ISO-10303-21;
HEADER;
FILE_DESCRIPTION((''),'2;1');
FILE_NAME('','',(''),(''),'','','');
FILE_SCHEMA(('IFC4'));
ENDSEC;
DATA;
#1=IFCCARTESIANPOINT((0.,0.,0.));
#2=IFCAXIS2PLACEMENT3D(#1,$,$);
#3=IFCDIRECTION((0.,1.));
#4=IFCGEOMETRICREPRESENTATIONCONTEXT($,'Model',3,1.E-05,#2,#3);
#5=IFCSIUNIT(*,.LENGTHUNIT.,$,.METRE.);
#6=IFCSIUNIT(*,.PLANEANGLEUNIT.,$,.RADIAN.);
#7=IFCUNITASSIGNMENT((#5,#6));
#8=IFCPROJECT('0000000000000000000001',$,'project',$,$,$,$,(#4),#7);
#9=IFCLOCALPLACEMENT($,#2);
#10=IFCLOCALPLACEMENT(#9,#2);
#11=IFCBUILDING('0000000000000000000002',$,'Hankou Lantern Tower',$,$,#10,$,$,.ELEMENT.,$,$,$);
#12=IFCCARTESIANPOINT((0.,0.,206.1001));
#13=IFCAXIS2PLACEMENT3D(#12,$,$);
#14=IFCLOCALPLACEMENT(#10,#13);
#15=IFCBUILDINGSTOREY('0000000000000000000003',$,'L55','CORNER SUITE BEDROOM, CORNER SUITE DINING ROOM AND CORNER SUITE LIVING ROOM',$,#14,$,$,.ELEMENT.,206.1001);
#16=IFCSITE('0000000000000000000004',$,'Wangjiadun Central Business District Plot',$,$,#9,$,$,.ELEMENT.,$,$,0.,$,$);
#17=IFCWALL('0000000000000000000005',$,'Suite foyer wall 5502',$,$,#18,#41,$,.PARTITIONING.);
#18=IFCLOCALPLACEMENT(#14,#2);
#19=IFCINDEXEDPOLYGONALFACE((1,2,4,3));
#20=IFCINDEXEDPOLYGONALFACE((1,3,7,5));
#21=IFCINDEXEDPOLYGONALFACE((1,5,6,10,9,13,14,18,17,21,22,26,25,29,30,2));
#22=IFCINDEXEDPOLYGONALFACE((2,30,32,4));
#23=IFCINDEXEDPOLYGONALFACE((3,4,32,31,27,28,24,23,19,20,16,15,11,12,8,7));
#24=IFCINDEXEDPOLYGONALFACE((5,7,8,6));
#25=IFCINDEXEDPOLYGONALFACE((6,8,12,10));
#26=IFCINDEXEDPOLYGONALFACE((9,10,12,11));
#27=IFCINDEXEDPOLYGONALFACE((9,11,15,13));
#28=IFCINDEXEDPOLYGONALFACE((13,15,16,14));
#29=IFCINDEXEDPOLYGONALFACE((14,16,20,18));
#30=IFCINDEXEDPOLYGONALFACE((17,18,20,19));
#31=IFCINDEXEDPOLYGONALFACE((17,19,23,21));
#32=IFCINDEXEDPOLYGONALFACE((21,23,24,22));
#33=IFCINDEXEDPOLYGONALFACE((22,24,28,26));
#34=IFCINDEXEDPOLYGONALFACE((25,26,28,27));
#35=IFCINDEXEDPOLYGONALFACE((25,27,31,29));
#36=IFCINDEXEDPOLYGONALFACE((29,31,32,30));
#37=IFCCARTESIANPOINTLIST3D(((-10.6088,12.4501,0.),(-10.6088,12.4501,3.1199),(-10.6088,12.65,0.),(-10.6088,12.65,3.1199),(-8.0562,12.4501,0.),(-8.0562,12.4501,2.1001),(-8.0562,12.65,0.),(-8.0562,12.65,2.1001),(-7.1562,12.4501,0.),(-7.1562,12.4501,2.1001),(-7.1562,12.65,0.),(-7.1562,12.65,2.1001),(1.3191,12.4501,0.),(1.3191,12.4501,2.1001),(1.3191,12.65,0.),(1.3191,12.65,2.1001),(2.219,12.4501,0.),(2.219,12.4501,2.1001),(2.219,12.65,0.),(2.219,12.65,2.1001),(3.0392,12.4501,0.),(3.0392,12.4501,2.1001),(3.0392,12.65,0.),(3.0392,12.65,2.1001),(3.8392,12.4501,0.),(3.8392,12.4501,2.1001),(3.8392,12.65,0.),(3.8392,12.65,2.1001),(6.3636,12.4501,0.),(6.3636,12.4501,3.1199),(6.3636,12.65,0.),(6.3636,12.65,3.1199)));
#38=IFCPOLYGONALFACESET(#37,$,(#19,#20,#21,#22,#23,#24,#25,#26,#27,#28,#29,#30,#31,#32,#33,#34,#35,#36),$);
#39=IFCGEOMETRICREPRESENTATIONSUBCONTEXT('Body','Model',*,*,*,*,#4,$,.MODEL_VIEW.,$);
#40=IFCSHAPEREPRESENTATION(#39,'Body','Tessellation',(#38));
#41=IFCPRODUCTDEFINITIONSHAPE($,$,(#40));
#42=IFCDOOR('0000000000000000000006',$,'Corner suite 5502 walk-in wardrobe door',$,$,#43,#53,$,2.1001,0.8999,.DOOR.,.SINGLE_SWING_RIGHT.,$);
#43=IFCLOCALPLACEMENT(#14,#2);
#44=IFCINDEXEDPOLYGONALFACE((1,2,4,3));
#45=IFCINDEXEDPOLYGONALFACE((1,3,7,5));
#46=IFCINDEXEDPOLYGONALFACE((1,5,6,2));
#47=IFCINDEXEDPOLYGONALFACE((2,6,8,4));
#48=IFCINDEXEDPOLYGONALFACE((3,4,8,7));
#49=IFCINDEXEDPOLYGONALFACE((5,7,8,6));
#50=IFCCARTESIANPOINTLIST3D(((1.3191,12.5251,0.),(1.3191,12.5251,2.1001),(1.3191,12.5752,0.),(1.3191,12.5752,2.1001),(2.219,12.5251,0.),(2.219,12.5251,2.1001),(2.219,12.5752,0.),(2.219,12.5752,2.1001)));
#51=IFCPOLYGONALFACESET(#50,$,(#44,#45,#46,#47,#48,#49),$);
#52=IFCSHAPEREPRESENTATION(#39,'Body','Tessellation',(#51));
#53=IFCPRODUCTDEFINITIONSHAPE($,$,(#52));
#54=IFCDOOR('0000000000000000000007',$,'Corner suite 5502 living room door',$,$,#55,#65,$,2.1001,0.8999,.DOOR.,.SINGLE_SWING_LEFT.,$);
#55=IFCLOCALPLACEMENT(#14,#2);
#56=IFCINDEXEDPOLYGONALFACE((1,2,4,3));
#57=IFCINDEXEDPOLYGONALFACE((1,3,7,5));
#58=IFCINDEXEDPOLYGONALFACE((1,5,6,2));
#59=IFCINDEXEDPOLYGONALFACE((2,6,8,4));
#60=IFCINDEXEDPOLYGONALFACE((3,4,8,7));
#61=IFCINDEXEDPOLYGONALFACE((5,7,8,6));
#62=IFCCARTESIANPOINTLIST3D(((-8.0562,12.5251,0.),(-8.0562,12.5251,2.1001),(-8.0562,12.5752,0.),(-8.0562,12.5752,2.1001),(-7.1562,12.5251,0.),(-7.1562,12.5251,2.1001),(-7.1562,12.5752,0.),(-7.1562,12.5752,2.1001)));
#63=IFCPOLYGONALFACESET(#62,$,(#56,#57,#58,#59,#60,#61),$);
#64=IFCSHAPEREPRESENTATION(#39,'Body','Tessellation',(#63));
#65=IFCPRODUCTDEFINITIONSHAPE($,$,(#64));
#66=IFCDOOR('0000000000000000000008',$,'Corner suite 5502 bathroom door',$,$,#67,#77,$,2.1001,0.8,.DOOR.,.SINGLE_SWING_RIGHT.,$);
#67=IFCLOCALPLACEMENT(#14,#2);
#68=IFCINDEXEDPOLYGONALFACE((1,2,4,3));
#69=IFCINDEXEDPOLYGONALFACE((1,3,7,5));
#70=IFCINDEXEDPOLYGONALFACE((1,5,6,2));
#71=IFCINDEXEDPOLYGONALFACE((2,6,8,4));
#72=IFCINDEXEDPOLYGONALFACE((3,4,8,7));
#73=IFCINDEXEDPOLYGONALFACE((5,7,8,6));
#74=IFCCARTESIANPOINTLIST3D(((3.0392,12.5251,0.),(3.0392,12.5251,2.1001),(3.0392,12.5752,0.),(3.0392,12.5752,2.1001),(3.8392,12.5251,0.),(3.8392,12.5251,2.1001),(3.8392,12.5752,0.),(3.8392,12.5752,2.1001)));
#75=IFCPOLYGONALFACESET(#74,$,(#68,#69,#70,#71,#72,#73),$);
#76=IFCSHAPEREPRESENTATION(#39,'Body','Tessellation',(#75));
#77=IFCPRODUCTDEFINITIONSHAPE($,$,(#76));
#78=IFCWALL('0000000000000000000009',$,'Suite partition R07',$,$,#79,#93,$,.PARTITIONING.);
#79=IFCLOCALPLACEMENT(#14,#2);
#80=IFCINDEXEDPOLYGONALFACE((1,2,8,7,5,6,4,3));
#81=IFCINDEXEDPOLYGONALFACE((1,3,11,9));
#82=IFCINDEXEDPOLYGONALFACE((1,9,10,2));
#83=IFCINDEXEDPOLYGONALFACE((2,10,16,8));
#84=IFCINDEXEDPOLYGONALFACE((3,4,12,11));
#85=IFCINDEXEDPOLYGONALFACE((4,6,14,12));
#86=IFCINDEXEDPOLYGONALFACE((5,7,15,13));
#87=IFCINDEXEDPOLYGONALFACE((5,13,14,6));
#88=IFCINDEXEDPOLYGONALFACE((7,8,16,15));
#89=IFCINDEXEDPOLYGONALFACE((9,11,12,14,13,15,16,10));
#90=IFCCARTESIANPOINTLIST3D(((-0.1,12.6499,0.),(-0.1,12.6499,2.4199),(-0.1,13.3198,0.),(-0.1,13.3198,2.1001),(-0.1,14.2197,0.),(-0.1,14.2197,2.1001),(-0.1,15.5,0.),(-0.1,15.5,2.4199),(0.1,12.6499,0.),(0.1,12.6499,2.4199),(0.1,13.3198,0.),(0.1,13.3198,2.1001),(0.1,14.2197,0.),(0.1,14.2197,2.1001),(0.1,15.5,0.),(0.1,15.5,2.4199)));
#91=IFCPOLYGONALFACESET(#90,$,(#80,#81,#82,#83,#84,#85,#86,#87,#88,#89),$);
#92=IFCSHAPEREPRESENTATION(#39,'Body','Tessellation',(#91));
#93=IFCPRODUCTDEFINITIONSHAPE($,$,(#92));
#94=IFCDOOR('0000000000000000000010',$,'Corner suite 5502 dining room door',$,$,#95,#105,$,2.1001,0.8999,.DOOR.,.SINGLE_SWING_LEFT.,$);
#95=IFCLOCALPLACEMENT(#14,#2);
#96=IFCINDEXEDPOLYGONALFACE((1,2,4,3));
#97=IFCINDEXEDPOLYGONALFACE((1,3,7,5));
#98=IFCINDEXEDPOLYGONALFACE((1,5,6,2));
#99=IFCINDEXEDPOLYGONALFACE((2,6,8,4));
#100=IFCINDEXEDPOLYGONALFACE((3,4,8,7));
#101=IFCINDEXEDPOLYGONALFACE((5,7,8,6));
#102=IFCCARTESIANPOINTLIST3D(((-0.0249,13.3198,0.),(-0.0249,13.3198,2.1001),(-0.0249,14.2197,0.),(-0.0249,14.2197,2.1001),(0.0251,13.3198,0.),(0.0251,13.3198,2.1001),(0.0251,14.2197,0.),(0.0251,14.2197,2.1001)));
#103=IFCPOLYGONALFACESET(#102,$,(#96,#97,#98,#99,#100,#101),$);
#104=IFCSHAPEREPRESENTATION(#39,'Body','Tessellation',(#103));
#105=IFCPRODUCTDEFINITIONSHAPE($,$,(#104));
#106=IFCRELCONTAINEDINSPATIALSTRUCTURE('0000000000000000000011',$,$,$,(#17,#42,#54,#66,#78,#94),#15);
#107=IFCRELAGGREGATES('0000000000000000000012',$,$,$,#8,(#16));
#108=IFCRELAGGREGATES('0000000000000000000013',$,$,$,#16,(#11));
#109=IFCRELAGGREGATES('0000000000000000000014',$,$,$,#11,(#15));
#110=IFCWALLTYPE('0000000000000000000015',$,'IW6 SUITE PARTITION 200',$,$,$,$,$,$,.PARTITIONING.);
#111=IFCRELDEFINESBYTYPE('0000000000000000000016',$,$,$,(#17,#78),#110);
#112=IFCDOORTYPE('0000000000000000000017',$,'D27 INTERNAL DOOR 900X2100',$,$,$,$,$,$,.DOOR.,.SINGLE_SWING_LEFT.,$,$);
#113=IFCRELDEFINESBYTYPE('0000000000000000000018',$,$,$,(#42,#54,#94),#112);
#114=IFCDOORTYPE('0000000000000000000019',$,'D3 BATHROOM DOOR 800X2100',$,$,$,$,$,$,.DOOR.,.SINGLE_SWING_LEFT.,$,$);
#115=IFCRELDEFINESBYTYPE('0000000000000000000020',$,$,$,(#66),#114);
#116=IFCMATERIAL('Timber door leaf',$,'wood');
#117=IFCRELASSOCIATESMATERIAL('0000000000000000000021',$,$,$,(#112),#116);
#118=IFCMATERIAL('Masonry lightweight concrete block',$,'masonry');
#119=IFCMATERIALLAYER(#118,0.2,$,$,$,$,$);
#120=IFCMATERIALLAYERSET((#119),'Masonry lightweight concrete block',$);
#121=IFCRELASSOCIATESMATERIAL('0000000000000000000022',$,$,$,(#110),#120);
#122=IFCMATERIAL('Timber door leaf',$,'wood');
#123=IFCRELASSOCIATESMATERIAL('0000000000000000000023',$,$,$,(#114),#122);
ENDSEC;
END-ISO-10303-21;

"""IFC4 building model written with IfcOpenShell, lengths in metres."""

from ifc_helpers import new_model, si_unit, direction, frame, frame_2d, origin, place, context, subcontext, project, spatial, rectangle, extrude, material, layer, layer_set, type_object, element, fill, save


model = new_model("IFC4")

# Units and contexts
model_context = context("Model", 3, precision=1e-05, world=origin(), true_north=direction((0.0, 1.0)))
body_context = subcontext(model_context, "Body", "Model", "MODEL_VIEW")
ifc_project = project(units=[si_unit("LENGTHUNIT", "METRE"), si_unit("PLANEANGLEUNIT", "RADIAN")], contexts=[model_context])

# Site, building, storey
site_placement = place(None, origin())
site = spatial("IfcSite", under=ifc_project, at=site_placement, Name="Wangjiadun Central Business District Plot", CompositionType="ELEMENT", RefElevation=0.0)
building_placement = place(site_placement, origin())
building = spatial("IfcBuilding", under=site, at=building_placement, Name="Hankou Lantern Tower", CompositionType="ELEMENT")
storey_placement = place(building_placement, frame((0.0, 0.0, 206.1001)))
storey = spatial("IfcBuildingStorey", under=building, at=storey_placement, Name="L55", Description="CORNER SUITE BEDROOM, CORNER SUITE DINING ROOM AND CORNER SUITE LIVING ROOM", CompositionType="ELEMENT", Elevation=206.1001)

# Shared definitions
ifc_material_1 = material(Name="Timber door leaf", Category="wood")
door_type_1 = type_object("IfcDoorType", Name="D27 INTERNAL DOOR 900X2100", OperationType="SINGLE_SWING_LEFT", PredefinedType="DOOR", material=ifc_material_1)

# Wall, openings, doors
ifc_material_2 = material(Name="Masonry lightweight concrete block", Category="masonry")
ifc_layer_1 = layer(ifc_material_2, 0.2)
ifc_layer_set_1 = layer_set([ifc_layer_1], Name="Masonry lightweight concrete block")
wall_type_1 = type_object("IfcWallType", Name="IW6 SUITE PARTITION 200", PredefinedType="PARTITIONING", material=ifc_layer_set_1)
wall_1_placement = place(storey_placement, frame((6.3638, 12.55, 0.0), z_axis=(0.0, 0.0, 1.0), x_axis=(-1.0, 0.0, 0.0)))
wall_1 = element("IfcWall", 1, at=wall_1_placement, inside=storey, type_object=wall_type_1, Name="Suite foyer wall 5502", PredefinedType="PARTITIONING", context=body_context, shape_type="SweptSolid", body=[
    extrude(rectangle(XDim=16.9724, YDim=0.2, at=frame_2d((8.4863, 0.0))), origin(), (0.0, 0.0, 1.0), 3.1199),
])
opening_1_placement = place(wall_1_placement, frame((2.5247, 0.0, 0.0)))
opening_1 = element("IfcOpeningElement", 2, at=opening_1_placement, cuts=wall_1, PredefinedType="OPENING", context=body_context, shape_type="SweptSolid", body=[
    extrude(rectangle(XDim=0.8, YDim=2.1001, at=frame_2d((0.3999, 1.05))), frame((0.0, 0.1099, 0.0), z_axis=(0.0, -1.0, 0.0), x_axis=(1.0, 0.0, 0.0)), (0.0, 0.0, 1.0), 0.22),
])
opening_2_placement = place(wall_1_placement, frame((4.1448, 0.0, 0.0)))
opening_2 = element("IfcOpeningElement", 3, at=opening_2_placement, cuts=wall_1, PredefinedType="OPENING", context=body_context, shape_type="SweptSolid", body=[
    extrude(rectangle(XDim=0.8999, YDim=2.1001, at=frame_2d((0.45, 1.05))), frame((0.0, 0.1099, 0.0), z_axis=(0.0, -1.0, 0.0), x_axis=(1.0, 0.0, 0.0)), (0.0, 0.0, 1.0), 0.22),
])
opening_3_placement = place(wall_1_placement, frame((13.52, 0.0, 0.0)))
opening_3 = element("IfcOpeningElement", 4, at=opening_3_placement, cuts=wall_1, PredefinedType="OPENING", context=body_context, shape_type="SweptSolid", body=[
    extrude(rectangle(XDim=0.8999, YDim=2.1001, at=frame_2d((0.45, 1.05))), frame((0.0, 0.1099, 0.0), z_axis=(0.0, -1.0, 0.0), x_axis=(1.0, 0.0, 0.0)), (0.0, 0.0, 1.0), 0.22),
])
door_1_placement = place(opening_2_placement, origin())
door_1 = element("IfcDoor", 5, at=door_1_placement, inside=storey, type_object=door_type_1, Name="Corner suite 5502 walk-in wardrobe door", OperationType="SINGLE_SWING_RIGHT", OverallHeight=2.1001, OverallWidth=0.8999, PredefinedType="DOOR", context=body_context, shape_type="SweptSolid", body=[
    extrude(rectangle(XDim=0.8999, YDim=2.1001, at=frame_2d((0.45, 1.05))), frame((0.0, 0.0249, 0.0), z_axis=(0.0, -1.0, 0.0), x_axis=(1.0, 0.0, 0.0)), (0.0, 0.0, 1.0), 0.05),
])
fill(opening_2, door_1)
door_2_placement = place(opening_3_placement, origin())
door_2 = element("IfcDoor", 6, at=door_2_placement, inside=storey, type_object=door_type_1, Name="Corner suite 5502 living room door", OperationType="SINGLE_SWING_LEFT", OverallHeight=2.1001, OverallWidth=0.8999, PredefinedType="DOOR", context=body_context, shape_type="SweptSolid", body=[
    extrude(rectangle(XDim=0.8999, YDim=2.1001, at=frame_2d((0.45, 1.05))), frame((0.0, 0.0249, 0.0), z_axis=(0.0, -1.0, 0.0), x_axis=(1.0, 0.0, 0.0)), (0.0, 0.0, 1.0), 0.05),
])
fill(opening_3, door_2)
ifc_material_3 = material(Name="Timber door leaf", Category="wood")
door_type_2 = type_object("IfcDoorType", Name="D3 BATHROOM DOOR 800X2100", OperationType="SINGLE_SWING_LEFT", PredefinedType="DOOR", material=ifc_material_3)
door_3_placement = place(opening_1_placement, origin())
door_3 = element("IfcDoor", 7, at=door_3_placement, inside=storey, type_object=door_type_2, Name="Corner suite 5502 bathroom door", OperationType="SINGLE_SWING_RIGHT", OverallHeight=2.1001, OverallWidth=0.8, PredefinedType="DOOR", context=body_context, shape_type="SweptSolid", body=[
    extrude(rectangle(XDim=0.8, YDim=2.1001, at=frame_2d((0.3999, 1.05))), frame((0.0, 0.0249, 0.0), z_axis=(0.0, -1.0, 0.0), x_axis=(1.0, 0.0, 0.0)), (0.0, 0.0, 1.0), 0.05),
])
fill(opening_1, door_3)

# Wall, opening, door
wall_2_placement = place(storey_placement, frame((0.0, 12.6499, 0.0), z_axis=(0.0, 0.0, 1.0), x_axis=(0.0, 1.0, 0.0)))
wall_2 = element("IfcWall", 8, at=wall_2_placement, inside=storey, type_object=wall_type_1, Name="Suite partition R07", PredefinedType="PARTITIONING", context=body_context, shape_type="SweptSolid", body=[
    extrude(rectangle(XDim=2.8501, YDim=0.2, at=frame_2d((1.425, 0.0))), origin(), (0.0, 0.0, 1.0), 2.4199),
])
opening_4_placement = place(wall_2_placement, frame((0.6699, 0.0, 0.0)))
opening_4 = element("IfcOpeningElement", 9, at=opening_4_placement, cuts=wall_2, PredefinedType="OPENING", context=body_context, shape_type="SweptSolid", body=[
    extrude(rectangle(XDim=0.8999, YDim=2.1001, at=frame_2d((0.45, 1.05))), frame((0.0, 0.1099, 0.0), z_axis=(0.0, -1.0, 0.0), x_axis=(1.0, 0.0, 0.0)), (0.0, 0.0, 1.0), 0.22),
])
door_4_placement = place(opening_4_placement, origin())
door_4 = element("IfcDoor", 10, at=door_4_placement, inside=storey, type_object=door_type_1, Name="Corner suite 5502 dining room door", OperationType="SINGLE_SWING_LEFT", OverallHeight=2.1001, OverallWidth=0.8999, PredefinedType="DOOR", context=body_context, shape_type="SweptSolid", body=[
    extrude(rectangle(XDim=0.8999, YDim=2.1001, at=frame_2d((0.45, 1.05))), frame((0.0, 0.0249, 0.0), z_axis=(0.0, -1.0, 0.0), x_axis=(1.0, 0.0, 0.0)), (0.0, 0.0, 1.0), 0.05),
])
fill(opening_4, door_4)

save(model, "model.ifc")
